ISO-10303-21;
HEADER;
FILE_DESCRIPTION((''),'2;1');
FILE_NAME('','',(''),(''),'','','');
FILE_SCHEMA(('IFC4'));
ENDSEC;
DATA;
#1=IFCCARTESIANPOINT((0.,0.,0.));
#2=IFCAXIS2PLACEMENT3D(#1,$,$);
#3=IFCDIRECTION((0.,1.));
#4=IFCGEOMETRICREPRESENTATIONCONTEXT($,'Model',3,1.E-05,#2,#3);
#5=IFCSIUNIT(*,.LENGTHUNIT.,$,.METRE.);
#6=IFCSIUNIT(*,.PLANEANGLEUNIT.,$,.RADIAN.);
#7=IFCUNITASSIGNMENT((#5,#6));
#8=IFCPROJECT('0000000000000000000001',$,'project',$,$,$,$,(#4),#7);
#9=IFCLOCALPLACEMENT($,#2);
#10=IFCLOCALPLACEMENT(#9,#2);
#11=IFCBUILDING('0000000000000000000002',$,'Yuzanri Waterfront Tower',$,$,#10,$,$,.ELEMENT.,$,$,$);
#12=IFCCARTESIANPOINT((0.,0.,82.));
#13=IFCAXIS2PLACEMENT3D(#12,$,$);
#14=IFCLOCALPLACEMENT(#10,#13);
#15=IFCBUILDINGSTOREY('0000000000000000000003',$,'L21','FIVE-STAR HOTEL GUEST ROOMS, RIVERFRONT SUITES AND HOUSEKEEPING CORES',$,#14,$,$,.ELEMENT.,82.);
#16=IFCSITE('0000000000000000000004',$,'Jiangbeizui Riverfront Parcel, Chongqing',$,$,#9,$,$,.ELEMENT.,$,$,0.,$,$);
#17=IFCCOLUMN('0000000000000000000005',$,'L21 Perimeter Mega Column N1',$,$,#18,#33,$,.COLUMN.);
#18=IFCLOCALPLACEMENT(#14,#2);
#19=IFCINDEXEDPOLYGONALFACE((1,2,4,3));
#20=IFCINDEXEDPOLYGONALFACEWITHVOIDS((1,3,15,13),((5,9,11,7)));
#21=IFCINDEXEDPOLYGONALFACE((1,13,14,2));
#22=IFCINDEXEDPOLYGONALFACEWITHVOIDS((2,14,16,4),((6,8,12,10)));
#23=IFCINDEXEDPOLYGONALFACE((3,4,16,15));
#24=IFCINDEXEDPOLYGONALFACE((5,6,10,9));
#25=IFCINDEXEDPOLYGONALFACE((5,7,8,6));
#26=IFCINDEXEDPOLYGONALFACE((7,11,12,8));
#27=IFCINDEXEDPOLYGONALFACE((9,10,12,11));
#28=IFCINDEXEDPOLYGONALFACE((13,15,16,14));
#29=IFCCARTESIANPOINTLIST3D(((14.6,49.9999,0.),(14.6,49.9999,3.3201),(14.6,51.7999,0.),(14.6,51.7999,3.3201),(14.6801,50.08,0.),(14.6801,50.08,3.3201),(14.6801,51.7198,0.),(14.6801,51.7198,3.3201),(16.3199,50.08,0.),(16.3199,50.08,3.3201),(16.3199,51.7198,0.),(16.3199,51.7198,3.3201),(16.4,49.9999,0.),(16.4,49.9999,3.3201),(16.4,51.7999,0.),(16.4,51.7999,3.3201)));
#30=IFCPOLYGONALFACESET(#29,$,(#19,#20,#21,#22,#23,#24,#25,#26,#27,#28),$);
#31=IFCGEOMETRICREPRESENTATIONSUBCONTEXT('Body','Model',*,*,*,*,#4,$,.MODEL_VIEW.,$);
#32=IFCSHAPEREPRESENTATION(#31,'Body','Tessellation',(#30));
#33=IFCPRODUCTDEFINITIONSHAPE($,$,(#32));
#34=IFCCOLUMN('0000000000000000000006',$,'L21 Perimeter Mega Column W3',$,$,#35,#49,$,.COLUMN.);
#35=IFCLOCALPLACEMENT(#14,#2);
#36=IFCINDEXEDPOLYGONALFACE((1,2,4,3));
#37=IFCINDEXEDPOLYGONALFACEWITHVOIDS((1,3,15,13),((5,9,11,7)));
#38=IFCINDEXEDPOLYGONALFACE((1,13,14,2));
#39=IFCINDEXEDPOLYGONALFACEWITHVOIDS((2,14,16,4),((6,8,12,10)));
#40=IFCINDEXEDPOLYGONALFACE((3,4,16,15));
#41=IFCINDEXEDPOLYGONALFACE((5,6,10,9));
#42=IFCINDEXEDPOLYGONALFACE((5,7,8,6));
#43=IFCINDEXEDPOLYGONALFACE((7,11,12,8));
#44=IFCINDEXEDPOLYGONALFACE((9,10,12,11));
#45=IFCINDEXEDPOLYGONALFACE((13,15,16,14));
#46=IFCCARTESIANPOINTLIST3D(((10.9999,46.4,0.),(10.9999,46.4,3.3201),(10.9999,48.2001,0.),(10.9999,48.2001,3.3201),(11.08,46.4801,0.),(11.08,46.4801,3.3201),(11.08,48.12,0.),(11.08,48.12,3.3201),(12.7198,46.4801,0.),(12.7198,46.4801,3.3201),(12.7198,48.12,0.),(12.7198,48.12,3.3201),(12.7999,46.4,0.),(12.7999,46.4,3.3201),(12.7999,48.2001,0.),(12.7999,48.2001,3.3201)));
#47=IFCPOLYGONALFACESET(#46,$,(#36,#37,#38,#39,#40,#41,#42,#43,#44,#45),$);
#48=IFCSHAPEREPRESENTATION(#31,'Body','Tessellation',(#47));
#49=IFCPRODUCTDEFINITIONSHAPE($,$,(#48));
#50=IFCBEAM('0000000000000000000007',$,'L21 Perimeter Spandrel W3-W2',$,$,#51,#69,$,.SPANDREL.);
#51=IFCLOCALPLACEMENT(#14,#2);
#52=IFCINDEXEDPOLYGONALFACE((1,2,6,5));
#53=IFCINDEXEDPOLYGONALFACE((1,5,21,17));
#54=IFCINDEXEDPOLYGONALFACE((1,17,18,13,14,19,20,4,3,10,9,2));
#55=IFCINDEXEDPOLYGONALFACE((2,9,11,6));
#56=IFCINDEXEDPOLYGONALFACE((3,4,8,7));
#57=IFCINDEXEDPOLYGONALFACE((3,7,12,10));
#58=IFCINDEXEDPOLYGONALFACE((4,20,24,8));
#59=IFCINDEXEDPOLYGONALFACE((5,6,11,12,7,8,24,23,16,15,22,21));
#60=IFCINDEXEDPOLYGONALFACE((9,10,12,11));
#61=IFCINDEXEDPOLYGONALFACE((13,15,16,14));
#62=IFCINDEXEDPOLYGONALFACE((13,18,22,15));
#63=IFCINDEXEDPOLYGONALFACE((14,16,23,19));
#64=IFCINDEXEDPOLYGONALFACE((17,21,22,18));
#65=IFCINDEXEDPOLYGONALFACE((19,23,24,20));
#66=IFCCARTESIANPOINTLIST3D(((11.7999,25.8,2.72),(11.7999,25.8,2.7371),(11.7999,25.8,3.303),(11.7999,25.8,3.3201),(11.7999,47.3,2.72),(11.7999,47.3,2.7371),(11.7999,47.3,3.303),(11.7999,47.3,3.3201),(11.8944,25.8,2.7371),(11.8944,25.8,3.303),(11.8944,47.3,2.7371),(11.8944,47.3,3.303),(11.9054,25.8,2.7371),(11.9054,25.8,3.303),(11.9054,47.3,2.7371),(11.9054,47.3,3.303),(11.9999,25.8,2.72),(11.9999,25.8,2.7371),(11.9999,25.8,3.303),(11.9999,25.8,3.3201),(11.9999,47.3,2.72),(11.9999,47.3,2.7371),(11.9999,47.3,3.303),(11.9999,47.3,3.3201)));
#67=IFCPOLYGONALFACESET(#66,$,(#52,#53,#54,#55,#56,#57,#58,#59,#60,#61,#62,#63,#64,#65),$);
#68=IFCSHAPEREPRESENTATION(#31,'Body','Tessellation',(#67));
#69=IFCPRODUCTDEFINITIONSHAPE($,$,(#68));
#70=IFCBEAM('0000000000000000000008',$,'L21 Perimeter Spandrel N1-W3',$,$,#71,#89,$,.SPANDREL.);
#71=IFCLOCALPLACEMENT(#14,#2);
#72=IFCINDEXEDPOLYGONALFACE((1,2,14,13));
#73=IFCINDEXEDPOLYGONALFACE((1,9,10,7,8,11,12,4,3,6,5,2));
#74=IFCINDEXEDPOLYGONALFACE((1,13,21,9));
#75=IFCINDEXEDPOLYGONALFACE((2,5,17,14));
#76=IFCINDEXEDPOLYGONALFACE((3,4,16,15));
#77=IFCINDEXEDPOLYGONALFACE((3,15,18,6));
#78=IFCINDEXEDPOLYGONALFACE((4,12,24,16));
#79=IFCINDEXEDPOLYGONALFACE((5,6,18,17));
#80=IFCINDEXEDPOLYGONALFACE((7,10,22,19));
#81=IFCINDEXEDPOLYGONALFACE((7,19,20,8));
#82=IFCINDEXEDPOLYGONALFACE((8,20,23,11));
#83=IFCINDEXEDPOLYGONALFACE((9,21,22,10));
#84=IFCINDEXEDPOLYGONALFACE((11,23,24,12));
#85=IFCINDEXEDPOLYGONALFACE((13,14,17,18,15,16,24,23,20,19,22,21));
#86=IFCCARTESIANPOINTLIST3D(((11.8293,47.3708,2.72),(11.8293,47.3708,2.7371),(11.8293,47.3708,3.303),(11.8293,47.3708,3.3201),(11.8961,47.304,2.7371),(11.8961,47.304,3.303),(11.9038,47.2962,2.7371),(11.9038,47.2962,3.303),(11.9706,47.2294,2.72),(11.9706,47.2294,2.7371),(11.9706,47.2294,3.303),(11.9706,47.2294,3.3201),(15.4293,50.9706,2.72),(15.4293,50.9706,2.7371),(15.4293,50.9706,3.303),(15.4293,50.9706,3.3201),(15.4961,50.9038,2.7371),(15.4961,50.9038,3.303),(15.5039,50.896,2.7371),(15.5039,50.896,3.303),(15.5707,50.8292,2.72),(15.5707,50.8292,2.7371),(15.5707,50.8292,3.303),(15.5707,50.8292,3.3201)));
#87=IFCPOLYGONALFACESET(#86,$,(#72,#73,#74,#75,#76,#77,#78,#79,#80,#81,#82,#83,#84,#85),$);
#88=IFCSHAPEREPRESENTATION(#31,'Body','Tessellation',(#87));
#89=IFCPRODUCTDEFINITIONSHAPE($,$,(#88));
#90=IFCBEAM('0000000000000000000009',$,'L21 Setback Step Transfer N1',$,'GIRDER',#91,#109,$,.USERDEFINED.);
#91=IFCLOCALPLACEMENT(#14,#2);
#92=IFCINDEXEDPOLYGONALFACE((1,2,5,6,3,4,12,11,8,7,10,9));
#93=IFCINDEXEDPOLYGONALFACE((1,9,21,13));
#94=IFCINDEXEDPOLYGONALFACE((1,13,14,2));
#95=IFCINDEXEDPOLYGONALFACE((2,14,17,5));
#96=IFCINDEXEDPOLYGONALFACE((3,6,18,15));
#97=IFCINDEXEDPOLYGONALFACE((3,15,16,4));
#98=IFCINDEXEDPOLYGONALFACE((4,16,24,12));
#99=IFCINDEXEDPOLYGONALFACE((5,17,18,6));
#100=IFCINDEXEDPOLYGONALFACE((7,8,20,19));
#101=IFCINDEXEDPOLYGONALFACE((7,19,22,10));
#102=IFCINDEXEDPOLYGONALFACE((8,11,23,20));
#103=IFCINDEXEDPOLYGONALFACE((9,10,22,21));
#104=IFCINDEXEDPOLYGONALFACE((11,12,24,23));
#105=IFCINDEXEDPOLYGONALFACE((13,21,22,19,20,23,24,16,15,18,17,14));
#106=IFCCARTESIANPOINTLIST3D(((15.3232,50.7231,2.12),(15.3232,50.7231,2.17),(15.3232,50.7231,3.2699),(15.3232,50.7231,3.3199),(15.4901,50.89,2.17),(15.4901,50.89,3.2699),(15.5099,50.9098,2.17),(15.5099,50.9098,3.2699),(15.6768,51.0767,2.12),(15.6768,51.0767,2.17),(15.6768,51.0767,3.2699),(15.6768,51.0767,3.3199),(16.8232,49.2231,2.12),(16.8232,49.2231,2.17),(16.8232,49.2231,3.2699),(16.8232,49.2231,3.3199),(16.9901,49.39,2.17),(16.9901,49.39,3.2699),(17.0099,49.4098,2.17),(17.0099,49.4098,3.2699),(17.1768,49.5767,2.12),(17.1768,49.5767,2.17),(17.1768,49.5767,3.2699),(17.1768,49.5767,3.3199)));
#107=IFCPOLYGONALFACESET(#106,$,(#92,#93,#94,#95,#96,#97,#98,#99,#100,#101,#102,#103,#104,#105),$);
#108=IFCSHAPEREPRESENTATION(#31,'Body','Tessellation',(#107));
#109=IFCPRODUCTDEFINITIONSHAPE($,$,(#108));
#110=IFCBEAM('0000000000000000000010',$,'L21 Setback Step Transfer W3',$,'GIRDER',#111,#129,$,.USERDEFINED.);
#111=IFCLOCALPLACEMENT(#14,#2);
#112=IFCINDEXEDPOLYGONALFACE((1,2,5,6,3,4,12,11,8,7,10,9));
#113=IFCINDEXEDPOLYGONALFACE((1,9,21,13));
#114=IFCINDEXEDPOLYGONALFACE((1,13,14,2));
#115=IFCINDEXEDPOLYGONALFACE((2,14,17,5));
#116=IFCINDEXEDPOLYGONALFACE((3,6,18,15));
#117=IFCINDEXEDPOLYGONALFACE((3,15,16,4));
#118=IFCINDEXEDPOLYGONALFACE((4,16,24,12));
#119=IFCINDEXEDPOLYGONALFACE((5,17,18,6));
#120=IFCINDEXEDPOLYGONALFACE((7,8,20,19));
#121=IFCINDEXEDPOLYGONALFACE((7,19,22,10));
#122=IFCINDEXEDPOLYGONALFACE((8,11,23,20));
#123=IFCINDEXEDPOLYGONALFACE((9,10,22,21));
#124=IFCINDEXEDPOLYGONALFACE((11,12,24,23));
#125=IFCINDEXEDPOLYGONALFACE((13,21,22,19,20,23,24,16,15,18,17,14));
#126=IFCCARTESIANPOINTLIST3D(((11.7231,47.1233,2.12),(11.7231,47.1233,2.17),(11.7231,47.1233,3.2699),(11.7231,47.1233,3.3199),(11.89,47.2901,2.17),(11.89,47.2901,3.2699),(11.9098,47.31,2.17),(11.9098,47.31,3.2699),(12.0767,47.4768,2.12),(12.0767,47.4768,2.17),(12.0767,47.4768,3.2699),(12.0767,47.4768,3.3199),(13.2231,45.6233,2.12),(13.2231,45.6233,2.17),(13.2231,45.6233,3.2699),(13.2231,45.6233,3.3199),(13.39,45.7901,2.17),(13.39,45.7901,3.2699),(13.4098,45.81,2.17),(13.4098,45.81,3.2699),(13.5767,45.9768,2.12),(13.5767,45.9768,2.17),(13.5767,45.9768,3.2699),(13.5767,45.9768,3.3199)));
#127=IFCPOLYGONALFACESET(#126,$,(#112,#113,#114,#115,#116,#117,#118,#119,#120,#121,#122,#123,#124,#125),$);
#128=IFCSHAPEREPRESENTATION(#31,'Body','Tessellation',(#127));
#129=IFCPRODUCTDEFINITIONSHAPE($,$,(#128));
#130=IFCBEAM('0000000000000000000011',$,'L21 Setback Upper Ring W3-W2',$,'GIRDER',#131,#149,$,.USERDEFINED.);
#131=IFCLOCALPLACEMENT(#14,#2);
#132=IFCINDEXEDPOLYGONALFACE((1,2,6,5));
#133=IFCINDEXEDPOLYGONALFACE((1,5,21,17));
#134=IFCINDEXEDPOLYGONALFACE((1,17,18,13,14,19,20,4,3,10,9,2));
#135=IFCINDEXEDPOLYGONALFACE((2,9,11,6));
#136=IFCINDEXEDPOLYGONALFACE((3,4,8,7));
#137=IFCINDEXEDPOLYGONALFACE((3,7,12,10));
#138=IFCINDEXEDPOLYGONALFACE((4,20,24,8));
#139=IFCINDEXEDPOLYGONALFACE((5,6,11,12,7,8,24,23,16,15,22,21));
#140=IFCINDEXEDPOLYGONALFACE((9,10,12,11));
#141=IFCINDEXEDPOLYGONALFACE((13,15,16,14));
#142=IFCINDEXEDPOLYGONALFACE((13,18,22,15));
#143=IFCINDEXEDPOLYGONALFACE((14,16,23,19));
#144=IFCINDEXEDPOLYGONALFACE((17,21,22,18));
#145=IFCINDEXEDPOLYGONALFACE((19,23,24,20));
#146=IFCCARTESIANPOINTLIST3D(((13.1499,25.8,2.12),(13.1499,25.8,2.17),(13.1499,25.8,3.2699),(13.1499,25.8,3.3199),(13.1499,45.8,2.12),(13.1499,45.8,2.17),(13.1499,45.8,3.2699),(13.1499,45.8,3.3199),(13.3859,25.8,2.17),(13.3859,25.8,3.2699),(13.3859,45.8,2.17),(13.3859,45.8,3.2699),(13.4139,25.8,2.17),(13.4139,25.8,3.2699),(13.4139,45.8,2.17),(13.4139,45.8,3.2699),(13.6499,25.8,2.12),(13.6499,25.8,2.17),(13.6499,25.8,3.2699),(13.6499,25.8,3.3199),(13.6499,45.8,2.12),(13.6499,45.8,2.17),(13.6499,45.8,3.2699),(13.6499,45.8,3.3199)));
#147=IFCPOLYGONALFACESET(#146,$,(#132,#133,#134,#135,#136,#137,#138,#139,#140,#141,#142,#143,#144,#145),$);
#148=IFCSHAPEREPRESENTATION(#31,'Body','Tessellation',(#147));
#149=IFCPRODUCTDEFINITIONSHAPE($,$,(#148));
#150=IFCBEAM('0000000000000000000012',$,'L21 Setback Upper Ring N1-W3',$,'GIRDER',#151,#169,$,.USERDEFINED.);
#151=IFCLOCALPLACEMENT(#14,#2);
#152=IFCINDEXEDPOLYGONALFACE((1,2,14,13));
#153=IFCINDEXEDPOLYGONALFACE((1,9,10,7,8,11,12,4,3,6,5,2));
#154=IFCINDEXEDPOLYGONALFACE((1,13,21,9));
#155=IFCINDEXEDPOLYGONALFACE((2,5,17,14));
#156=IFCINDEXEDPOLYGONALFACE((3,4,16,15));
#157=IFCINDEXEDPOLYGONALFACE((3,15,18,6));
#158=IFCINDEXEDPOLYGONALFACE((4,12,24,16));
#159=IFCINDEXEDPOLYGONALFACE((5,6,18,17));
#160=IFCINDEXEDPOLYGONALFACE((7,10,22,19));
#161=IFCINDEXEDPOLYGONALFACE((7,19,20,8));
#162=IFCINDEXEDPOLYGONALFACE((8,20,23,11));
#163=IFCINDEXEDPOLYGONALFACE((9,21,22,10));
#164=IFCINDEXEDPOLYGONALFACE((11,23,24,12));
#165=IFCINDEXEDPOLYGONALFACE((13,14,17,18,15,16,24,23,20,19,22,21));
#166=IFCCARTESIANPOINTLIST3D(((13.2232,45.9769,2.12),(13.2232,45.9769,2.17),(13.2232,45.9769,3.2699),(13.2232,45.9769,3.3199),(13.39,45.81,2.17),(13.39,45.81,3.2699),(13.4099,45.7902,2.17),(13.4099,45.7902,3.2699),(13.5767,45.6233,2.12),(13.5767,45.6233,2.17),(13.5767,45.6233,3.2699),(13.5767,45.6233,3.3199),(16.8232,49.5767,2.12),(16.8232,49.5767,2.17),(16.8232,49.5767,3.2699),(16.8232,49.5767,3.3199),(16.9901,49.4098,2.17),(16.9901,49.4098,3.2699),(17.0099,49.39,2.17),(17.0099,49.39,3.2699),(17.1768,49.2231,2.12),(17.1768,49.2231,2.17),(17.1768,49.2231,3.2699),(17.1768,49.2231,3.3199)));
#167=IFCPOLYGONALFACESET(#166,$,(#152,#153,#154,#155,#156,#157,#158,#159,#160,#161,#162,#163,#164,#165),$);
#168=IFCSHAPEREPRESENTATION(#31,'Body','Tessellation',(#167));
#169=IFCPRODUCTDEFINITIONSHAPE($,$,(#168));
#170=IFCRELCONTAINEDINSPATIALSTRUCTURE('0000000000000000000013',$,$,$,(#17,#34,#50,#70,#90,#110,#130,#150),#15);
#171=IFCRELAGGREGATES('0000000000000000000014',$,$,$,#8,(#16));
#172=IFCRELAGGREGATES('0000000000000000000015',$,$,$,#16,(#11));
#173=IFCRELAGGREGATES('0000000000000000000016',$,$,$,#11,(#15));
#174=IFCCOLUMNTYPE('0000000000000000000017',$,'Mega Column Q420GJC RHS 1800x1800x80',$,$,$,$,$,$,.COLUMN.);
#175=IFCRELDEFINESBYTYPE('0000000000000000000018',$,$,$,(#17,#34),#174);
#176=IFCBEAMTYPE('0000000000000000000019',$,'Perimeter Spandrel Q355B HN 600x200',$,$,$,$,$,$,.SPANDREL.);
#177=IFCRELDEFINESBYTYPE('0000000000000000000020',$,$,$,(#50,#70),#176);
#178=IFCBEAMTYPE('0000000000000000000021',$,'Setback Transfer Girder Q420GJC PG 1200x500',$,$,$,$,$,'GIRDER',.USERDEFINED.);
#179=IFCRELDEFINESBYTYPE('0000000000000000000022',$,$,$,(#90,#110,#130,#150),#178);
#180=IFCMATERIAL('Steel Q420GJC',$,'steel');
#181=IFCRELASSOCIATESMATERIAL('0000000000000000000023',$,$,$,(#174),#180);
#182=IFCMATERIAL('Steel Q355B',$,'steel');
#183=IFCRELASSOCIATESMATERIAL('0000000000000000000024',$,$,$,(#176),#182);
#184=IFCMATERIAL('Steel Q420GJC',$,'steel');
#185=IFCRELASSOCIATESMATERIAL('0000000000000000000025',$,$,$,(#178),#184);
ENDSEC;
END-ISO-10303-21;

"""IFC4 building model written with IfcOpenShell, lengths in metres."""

from ifc_helpers import new_model, si_unit, direction, frame, origin, origin_2d, place, context, subcontext, project, spatial, hollow_rectangle, i_section, extrude, source, transform, mapped, material, material_profile, profile_set, type_object, element, save


model = new_model("IFC4")

# Units and contexts
model_context = context("Model", 3, precision=1e-05, world=origin(), true_north=direction((0.0, 1.0)))
body_context = subcontext(model_context, "Body", "Model", "MODEL_VIEW")
ifc_project = project(units=[si_unit("LENGTHUNIT", "METRE"), si_unit("PLANEANGLEUNIT", "RADIAN")], contexts=[model_context])

# Site, building, storey
site_placement = place(None, origin())
site = spatial("IfcSite", under=ifc_project, at=site_placement, Name="Jiangbeizui Riverfront Parcel, Chongqing", CompositionType="ELEMENT", RefElevation=0.0)
building_placement = place(site_placement, origin())
building = spatial("IfcBuilding", under=site, at=building_placement, Name="Yuzanri Waterfront Tower", CompositionType="ELEMENT")
storey_placement = place(building_placement, frame((0.0, 0.0, 82.0)))
storey = spatial("IfcBuildingStorey", under=building, at=storey_placement, Name="L21", Description="FIVE-STAR HOTEL GUEST ROOMS, RIVERFRONT SUITES AND HOUSEKEEPING CORES", CompositionType="ELEMENT", Elevation=82.0)

# Columns
ifc_material_1 = material(Name="Steel Q420GJC", Category="steel")
ifc_material_profile_1 = material_profile(ifc_material_1, hollow_rectangle(XDim=1.8, YDim=1.8, WallThickness=0.0801, at=origin_2d()), Name="RHS 1800x1800x80")
ifc_profile_set_1 = profile_set([ifc_material_profile_1], Name="Steel Q420GJC")
column_type = type_object("IfcColumnType", Name="Mega Column Q420GJC RHS 1800x1800x80", PredefinedType="COLUMN", material=ifc_profile_set_1)
shared_shape_1 = source(origin(), body_context, "Body", "SweptSolid", [
    extrude(hollow_rectangle(XDim=1.8, YDim=1.8, WallThickness=0.0801, at=origin_2d()), origin(), (0.0, 0.0, 1.0), 3.3201),
])
for number, where, z_axis, x_axis, name in (
    (1, (15.5, 50.8999, 0.0), (0.0, 0.0, 1.0), (1.0, 0.0, 0.0), "L21 Perimeter Mega Column N1"),
    (2, (11.8999, 47.3, 0.0), (0.0, 0.0, 1.0), (1.0, 0.0, 0.0), "L21 Perimeter Mega Column W3"),
):
    element("IfcColumn", number, at=place(storey_placement, frame(where, z_axis=z_axis, x_axis=x_axis)), inside=storey, type_object=column_type, Name=name, PredefinedType="COLUMN", context=body_context, shape_type="MappedRepresentation", body=[
        mapped(shared_shape_1, transform((0.0, 0.0, 0.0), scale=1.0)),
    ])

# Beams
ifc_material_2 = material(Name="Steel Q355B", Category="steel")
ifc_material_profile_2 = material_profile(ifc_material_2, i_section(OverallWidth=0.2, OverallDepth=0.6001, WebThickness=0.011, FlangeThickness=0.0171, at=origin_2d()), Name="HN 600x200x11x17")
ifc_profile_set_2 = profile_set([ifc_material_profile_2], Name="Steel Q355B")
beam_type_1 = type_object("IfcBeamType", Name="Perimeter Spandrel Q355B HN 600x200", PredefinedType="SPANDREL", material=ifc_profile_set_2)
shared_shape_2 = source(origin(), body_context, "Body", "SweptSolid", [
    extrude(i_section(OverallWidth=0.2, OverallDepth=0.6001, WebThickness=0.011, FlangeThickness=0.0171, at=origin_2d()), origin(), (0.0, 0.0, 1.0), 21.5),
])
beam_1_placement = place(storey_placement, frame((11.8999, 47.3, 3.02), z_axis=(0.0, -1.0, 0.0), x_axis=(1.0, 0.0, 0.0)))
element("IfcBeam", 3, at=beam_1_placement, inside=storey, type_object=beam_type_1, Name="L21 Perimeter Spandrel W3-W2", PredefinedType="SPANDREL", context=body_context, shape_type="MappedRepresentation", body=[
    mapped(shared_shape_2, transform((0.0, 0.0, 0.0), scale=1.0)),
])
shared_shape_3 = source(origin(), body_context, "Body", "SweptSolid", [
    extrude(i_section(OverallWidth=0.2, OverallDepth=0.6001, WebThickness=0.011, FlangeThickness=0.0171, at=origin_2d()), origin(), (0.0, 0.0, 1.0), 5.0911),
])
beam_2_placement = place(storey_placement, frame((15.5, 50.8999, 3.02), z_axis=(-0.707131, -0.707083, 0.0), x_axis=(0.707083, -0.707131, 0.0)))
element("IfcBeam", 4, at=beam_2_placement, inside=storey, type_object=beam_type_1, Name="L21 Perimeter Spandrel N1-W3", PredefinedType="SPANDREL", context=body_context, shape_type="MappedRepresentation", body=[
    mapped(shared_shape_3, transform((0.0, 0.0, 0.0), scale=1.0)),
])
ifc_material_3 = material(Name="Steel Q420GJC", Category="steel")
ifc_material_profile_3 = material_profile(ifc_material_3, i_section(OverallWidth=0.5, OverallDepth=1.2, WebThickness=0.0281, FlangeThickness=0.05, at=origin_2d()), Name="PG 1200x500x28x50")
ifc_profile_set_3 = profile_set([ifc_material_profile_3], Name="Steel Q420GJC")
beam_type_2 = type_object("IfcBeamType", Name="Setback Transfer Girder Q420GJC PG 1200x500", ElementType="GIRDER", PredefinedType="USERDEFINED", material=ifc_profile_set_3)
shared_shape_4 = source(origin(), body_context, "Body", "SweptSolid", [
    extrude(i_section(OverallWidth=0.5, OverallDepth=1.2, WebThickness=0.0281, FlangeThickness=0.05, at=origin_2d()), origin(), (0.0, 0.0, 1.0), 2.1213),
])
for number, where, z_axis, x_axis, name in (
    (5, (17.0, 49.3999, 2.72), (-0.707107, 0.707107, 0.0), (-0.707107, -0.707107, 0.0), "L21 Setback Step Transfer N1"),
    (6, (13.3999, 45.8, 2.72), (-0.707107, 0.707107, 0.0), (-0.707107, -0.707107, 0.0), "L21 Setback Step Transfer W3"),
):
    element("IfcBeam", number, at=place(storey_placement, frame(where, z_axis=z_axis, x_axis=x_axis)), inside=storey, type_object=beam_type_2, Name=name, ObjectType="GIRDER", PredefinedType="USERDEFINED", context=body_context, shape_type="MappedRepresentation", body=[
        mapped(shared_shape_4, transform((0.0, 0.0, 0.0), scale=1.0)),
    ])
shared_shape_5 = source(origin(), body_context, "Body", "SweptSolid", [
    extrude(i_section(OverallWidth=0.5, OverallDepth=1.2, WebThickness=0.0281, FlangeThickness=0.05, at=origin_2d()), origin(), (0.0, 0.0, 1.0), 20.0),
])
beam_3_placement = place(storey_placement, frame((13.3999, 45.8, 2.72), z_axis=(0.0, -1.0, 0.0), x_axis=(1.0, 0.0, 0.0)))
element("IfcBeam", 7, at=beam_3_placement, inside=storey, type_object=beam_type_2, Name="L21 Setback Upper Ring W3-W2", ObjectType="GIRDER", PredefinedType="USERDEFINED", context=body_context, shape_type="MappedRepresentation", body=[
    mapped(shared_shape_5, transform((0.0, 0.0, 0.0), scale=1.0)),
])
shared_shape_6 = source(origin(), body_context, "Body", "SweptSolid", [
    extrude(i_section(OverallWidth=0.5, OverallDepth=1.2, WebThickness=0.0281, FlangeThickness=0.05, at=origin_2d()), origin(), (0.0, 0.0, 1.0), 5.0911),
])
beam_4_placement = place(storey_placement, frame((17.0, 49.3999, 2.72), z_axis=(-0.707131, -0.707083, 0.0), x_axis=(0.707083, -0.707131, 0.0)))
element("IfcBeam", 8, at=beam_4_placement, inside=storey, type_object=beam_type_2, Name="L21 Setback Upper Ring N1-W3", ObjectType="GIRDER", PredefinedType="USERDEFINED", context=body_context, shape_type="MappedRepresentation", body=[
    mapped(shared_shape_6, transform((0.0, 0.0, 0.0), scale=1.0)),
])

save(model, "model.ifc")
